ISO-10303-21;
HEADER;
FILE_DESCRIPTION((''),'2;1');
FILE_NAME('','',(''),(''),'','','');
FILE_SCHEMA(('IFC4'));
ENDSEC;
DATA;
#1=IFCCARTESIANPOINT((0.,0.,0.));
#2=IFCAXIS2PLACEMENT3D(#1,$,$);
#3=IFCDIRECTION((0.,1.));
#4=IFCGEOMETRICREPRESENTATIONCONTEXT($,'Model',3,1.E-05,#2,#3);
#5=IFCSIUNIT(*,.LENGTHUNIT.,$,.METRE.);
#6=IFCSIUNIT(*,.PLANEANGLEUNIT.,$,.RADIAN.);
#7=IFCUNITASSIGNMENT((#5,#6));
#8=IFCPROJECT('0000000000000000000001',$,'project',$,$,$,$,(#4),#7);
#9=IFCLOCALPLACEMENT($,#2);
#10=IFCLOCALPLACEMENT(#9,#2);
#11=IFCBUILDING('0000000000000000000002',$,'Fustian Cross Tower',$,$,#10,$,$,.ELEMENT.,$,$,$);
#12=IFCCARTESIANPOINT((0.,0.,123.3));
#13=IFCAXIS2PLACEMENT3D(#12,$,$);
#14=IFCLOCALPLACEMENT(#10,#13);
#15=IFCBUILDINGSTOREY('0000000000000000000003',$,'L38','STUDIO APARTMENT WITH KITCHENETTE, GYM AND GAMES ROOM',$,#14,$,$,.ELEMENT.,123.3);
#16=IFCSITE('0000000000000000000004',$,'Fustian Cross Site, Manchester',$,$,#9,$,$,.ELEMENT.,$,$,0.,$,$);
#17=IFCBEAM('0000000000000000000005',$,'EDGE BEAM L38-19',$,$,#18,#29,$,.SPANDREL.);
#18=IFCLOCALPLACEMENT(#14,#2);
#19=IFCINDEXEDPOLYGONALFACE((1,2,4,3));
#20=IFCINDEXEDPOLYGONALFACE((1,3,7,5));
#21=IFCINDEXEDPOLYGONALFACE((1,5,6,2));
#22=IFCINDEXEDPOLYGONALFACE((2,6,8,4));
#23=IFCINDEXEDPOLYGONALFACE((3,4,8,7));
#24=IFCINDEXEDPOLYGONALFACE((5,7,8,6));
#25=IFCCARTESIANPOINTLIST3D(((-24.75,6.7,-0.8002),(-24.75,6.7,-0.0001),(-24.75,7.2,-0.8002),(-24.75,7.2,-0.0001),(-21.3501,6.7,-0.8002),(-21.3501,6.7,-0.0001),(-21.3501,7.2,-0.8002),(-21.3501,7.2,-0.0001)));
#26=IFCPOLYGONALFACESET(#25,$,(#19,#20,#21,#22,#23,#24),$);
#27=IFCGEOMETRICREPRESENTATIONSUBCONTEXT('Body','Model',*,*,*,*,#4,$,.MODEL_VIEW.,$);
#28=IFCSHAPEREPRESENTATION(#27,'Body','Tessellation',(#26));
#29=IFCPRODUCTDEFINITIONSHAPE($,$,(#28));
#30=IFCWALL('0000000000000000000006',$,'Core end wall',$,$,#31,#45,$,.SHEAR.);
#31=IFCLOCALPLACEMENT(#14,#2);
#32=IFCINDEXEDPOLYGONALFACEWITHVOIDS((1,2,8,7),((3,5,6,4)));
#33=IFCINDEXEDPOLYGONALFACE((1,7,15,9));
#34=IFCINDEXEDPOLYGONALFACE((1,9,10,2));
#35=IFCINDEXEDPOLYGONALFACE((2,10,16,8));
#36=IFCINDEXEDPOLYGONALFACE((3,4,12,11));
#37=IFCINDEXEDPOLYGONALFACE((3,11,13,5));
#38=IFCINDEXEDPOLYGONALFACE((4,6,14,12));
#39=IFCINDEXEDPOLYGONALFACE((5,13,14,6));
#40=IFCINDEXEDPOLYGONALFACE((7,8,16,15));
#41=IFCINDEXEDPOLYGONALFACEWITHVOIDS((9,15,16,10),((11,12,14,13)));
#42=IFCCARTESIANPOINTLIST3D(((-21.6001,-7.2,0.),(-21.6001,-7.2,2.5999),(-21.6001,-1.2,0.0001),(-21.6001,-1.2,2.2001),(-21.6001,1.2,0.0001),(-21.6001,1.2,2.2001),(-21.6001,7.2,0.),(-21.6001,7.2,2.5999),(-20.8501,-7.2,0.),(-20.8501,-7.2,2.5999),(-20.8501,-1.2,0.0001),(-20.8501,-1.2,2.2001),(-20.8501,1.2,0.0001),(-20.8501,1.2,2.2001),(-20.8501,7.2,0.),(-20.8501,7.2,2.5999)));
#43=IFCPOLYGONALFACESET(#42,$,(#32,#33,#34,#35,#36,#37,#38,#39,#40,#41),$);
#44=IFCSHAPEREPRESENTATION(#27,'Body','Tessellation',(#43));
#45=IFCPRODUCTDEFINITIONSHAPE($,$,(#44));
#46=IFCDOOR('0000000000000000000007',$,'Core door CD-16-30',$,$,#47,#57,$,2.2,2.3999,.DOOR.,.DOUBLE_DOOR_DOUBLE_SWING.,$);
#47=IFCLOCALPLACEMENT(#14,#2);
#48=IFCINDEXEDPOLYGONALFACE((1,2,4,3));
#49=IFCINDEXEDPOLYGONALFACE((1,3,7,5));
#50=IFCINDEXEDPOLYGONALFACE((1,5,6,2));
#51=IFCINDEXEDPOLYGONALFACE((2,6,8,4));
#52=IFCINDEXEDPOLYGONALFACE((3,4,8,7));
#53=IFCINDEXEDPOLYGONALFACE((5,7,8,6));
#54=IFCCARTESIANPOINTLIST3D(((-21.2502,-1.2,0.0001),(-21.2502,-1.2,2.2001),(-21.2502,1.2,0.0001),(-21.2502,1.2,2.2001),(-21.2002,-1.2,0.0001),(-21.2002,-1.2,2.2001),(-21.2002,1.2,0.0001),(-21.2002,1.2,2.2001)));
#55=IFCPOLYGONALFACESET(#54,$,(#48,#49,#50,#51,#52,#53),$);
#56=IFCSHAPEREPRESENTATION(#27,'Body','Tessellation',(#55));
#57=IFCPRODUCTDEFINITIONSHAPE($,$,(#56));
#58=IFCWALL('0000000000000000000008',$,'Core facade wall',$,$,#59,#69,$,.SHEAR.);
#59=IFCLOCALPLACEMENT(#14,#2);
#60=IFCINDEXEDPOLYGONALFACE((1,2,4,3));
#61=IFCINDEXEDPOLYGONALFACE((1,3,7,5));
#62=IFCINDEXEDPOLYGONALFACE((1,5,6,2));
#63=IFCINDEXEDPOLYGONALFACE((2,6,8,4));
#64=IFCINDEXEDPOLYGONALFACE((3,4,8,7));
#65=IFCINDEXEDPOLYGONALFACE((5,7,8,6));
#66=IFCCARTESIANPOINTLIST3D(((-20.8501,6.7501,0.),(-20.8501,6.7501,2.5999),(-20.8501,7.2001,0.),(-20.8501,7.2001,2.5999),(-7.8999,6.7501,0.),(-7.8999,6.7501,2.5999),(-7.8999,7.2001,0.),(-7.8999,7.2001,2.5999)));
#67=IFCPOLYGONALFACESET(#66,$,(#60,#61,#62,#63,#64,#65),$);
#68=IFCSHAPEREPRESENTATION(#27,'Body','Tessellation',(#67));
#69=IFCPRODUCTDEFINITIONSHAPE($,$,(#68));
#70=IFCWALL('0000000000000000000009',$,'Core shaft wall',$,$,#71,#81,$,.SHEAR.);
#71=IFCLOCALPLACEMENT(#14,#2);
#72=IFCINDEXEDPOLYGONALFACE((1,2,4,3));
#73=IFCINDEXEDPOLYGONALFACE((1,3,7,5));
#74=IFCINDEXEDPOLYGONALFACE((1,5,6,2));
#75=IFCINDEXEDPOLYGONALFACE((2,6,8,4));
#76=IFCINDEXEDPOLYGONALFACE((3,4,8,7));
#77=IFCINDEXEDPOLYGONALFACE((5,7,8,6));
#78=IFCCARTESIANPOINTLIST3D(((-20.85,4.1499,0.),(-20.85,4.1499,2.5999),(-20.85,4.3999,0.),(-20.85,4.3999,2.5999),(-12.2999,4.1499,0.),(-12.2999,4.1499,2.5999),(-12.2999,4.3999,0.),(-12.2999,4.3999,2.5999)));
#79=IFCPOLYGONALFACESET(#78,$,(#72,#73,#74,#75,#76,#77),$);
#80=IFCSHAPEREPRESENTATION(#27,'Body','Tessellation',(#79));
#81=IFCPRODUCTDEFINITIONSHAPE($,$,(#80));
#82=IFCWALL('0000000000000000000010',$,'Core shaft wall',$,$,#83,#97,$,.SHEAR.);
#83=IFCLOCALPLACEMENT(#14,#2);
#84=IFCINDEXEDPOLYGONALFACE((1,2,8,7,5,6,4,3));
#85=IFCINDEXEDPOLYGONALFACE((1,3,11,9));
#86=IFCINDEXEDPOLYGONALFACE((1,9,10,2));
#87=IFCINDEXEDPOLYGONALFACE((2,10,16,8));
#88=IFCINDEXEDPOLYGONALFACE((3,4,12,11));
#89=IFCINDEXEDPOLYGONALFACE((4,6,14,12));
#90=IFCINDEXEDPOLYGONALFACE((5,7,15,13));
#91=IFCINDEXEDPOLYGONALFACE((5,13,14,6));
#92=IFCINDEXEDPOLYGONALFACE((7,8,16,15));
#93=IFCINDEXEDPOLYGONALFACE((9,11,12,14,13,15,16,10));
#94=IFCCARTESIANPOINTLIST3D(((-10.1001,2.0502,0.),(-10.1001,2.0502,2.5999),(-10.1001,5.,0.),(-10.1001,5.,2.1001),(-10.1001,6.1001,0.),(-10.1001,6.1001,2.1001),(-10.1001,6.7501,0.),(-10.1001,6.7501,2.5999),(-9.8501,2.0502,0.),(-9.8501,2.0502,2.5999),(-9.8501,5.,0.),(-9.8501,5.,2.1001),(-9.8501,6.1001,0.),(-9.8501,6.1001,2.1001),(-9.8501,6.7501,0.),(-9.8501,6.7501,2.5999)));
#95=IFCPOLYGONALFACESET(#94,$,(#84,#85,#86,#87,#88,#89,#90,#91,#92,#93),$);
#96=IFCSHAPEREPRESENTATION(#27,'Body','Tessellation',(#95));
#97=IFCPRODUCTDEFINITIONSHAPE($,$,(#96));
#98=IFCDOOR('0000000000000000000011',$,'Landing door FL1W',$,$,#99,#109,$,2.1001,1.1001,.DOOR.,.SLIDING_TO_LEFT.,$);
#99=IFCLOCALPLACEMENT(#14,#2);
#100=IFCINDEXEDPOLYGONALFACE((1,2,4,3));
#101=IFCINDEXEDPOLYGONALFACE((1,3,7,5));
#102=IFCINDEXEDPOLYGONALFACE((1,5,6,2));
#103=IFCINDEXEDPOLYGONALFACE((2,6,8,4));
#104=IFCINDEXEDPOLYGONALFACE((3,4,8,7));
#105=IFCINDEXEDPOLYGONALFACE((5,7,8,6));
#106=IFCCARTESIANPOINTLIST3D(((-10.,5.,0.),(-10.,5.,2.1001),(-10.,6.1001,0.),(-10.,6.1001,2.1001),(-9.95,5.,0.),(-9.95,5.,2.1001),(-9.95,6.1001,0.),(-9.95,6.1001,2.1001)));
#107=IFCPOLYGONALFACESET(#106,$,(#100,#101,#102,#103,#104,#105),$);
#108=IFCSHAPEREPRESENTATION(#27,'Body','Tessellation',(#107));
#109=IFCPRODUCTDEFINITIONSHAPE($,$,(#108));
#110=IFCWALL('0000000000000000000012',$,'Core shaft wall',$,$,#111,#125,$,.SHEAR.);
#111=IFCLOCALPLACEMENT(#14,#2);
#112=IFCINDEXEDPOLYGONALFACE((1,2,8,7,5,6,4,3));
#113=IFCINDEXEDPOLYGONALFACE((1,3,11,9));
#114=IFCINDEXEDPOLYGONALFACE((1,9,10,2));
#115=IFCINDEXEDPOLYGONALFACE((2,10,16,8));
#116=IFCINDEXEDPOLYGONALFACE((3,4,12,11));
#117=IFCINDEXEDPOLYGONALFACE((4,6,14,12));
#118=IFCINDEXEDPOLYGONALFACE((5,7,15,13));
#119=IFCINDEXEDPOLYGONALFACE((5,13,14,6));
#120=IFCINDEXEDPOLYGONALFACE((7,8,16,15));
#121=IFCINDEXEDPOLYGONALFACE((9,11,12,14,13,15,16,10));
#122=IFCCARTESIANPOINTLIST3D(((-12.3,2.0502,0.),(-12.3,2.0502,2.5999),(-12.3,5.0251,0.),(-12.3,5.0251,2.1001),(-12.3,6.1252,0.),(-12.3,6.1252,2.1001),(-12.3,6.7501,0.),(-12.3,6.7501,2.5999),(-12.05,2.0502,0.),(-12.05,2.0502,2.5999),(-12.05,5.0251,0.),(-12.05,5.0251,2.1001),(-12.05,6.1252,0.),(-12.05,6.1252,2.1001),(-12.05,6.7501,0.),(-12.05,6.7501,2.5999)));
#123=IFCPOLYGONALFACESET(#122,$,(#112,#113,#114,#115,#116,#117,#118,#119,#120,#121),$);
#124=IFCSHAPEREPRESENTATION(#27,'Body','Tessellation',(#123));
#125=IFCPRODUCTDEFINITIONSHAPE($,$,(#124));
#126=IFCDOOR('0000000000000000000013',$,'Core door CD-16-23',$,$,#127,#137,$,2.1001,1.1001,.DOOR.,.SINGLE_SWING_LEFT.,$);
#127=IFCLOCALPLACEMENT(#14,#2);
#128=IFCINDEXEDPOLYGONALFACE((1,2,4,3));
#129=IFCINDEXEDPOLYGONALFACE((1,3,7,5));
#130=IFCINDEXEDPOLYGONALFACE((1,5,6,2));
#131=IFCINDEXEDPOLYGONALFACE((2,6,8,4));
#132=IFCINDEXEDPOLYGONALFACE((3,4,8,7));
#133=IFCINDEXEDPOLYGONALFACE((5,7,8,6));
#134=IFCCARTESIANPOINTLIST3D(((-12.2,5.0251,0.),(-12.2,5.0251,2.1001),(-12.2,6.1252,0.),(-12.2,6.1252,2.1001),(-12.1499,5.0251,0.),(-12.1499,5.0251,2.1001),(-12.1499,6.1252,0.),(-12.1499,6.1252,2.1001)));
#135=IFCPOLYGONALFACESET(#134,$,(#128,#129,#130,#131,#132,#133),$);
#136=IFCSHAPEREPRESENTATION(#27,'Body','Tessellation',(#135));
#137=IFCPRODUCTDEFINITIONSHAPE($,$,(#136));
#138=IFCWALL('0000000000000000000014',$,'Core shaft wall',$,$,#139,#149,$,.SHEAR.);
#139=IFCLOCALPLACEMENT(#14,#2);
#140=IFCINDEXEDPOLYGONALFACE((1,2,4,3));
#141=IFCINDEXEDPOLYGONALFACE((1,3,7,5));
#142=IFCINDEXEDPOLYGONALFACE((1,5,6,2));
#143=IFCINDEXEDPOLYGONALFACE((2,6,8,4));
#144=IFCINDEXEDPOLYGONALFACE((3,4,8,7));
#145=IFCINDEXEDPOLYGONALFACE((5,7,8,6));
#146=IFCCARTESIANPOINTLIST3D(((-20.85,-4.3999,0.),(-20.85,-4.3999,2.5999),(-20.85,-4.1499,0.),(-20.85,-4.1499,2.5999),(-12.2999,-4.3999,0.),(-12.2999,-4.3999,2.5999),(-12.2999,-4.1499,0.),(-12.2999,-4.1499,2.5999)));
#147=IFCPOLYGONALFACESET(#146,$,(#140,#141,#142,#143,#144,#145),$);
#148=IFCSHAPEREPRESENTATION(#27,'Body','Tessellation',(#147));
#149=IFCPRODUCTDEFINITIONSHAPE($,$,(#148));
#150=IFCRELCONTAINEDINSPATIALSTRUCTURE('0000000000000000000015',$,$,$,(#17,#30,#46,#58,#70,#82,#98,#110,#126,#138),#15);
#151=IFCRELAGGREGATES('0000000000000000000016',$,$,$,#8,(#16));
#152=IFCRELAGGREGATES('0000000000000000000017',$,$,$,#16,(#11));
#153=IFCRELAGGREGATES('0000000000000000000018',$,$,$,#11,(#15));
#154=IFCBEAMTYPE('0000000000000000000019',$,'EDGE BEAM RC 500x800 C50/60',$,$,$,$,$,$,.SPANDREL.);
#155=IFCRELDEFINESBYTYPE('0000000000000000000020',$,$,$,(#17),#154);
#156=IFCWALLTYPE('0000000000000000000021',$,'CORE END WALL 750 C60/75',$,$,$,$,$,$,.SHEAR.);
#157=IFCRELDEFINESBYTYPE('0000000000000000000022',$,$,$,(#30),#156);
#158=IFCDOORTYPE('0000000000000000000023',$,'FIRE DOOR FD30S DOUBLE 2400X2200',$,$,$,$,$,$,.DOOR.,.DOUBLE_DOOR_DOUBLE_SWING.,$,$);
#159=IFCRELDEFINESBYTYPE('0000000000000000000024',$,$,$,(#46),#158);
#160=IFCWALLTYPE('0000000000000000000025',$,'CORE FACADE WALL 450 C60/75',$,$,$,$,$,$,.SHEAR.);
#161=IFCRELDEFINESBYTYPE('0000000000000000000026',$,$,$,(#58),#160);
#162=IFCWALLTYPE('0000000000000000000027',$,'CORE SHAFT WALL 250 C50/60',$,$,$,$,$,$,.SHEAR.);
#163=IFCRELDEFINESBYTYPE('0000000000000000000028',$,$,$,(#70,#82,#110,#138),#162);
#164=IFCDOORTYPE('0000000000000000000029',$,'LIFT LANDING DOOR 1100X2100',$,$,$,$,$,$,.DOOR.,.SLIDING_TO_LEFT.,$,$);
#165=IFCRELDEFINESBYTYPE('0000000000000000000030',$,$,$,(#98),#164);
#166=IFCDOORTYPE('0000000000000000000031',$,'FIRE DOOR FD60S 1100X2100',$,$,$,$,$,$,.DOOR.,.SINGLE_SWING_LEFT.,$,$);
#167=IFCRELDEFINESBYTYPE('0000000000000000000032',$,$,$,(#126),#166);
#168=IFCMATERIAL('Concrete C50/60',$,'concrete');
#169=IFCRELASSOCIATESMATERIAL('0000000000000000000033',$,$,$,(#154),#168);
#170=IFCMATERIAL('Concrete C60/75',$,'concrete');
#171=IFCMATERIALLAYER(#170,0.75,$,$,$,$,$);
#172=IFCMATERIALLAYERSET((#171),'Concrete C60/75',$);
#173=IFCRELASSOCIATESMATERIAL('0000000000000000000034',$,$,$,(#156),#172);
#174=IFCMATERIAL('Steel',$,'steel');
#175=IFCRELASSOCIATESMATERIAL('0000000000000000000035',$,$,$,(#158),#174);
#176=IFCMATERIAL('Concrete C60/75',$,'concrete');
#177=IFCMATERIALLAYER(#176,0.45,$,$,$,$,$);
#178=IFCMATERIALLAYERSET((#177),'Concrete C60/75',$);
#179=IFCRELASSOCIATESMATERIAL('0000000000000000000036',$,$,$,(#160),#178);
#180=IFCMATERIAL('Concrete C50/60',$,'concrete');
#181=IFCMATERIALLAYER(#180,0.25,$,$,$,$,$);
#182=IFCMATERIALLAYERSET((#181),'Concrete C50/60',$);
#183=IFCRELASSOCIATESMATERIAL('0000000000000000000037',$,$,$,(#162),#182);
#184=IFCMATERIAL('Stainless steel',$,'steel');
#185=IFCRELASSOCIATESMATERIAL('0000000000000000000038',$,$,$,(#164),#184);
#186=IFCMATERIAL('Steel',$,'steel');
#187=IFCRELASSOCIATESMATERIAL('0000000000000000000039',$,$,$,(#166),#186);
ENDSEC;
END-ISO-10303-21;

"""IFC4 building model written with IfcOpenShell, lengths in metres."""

from ifc_helpers import new_model, si_unit, direction, frame, frame_2d, origin, origin_2d, place, context, subcontext, project, spatial, rectangle, extrude, material, layer, layer_set, material_profile, profile_set, type_object, element, fill, save


model = new_model("IFC4")

# Units and contexts
model_context = context("Model", 3, precision=1e-05, world=origin(), true_north=direction((0.0, 1.0)))
body_context = subcontext(model_context, "Body", "Model", "MODEL_VIEW")
ifc_project = project(units=[si_unit("LENGTHUNIT", "METRE"), si_unit("PLANEANGLEUNIT", "RADIAN")], contexts=[model_context])

# Site, building, storey
site_placement = place(None, origin())
site = spatial("IfcSite", under=ifc_project, at=site_placement, Name="Fustian Cross Site, Manchester", CompositionType="ELEMENT", RefElevation=0.0)
building_placement = place(site_placement, origin())
building = spatial("IfcBuilding", under=site, at=building_placement, Name="Fustian Cross Tower", CompositionType="ELEMENT")
storey_placement = place(building_placement, frame((0.0, 0.0, 123.3)))
storey = spatial("IfcBuildingStorey", under=building, at=storey_placement, Name="L38", Description="STUDIO APARTMENT WITH KITCHENETTE, GYM AND GAMES ROOM", CompositionType="ELEMENT", Elevation=123.3)

# Beam
ifc_material_1 = material(Name="Concrete C50/60", Category="concrete")
ifc_material_profile = material_profile(ifc_material_1, rectangle(XDim=0.5, YDim=0.8, at=origin_2d()), Name="RC 500x800")
ifc_profile_set = profile_set([ifc_material_profile], Name="Concrete C50/60")
beam_type = type_object("IfcBeamType", Name="EDGE BEAM RC 500x800 C50/60", PredefinedType="SPANDREL", material=ifc_profile_set)
beam_placement = place(storey_placement, frame((-21.3501, 6.95, -0.4001), z_axis=(-1.0, 0.0, 0.0), x_axis=(0.0, -1.0, 0.0)))
element("IfcBeam", 1, at=beam_placement, inside=storey, type_object=beam_type, Name="EDGE BEAM L38-19", PredefinedType="SPANDREL", context=body_context, shape_type="SweptSolid", body=[
    extrude(rectangle(XDim=0.5, YDim=0.8, at=origin_2d()), origin(), (0.0, 0.0, 1.0), 3.3999),
])

# Wall, opening, door
ifc_material_2 = material(Name="Concrete C60/75", Category="concrete")
ifc_layer_1 = layer(ifc_material_2, 0.75)
ifc_layer_set_1 = layer_set([ifc_layer_1], Name="Concrete C60/75")
wall_type_1 = type_object("IfcWallType", Name="CORE END WALL 750 C60/75", PredefinedType="SHEAR", material=ifc_layer_set_1)
wall_1_placement = place(storey_placement, frame((-21.2251, -7.2, 0.0), z_axis=(0.0, 0.0, 1.0), x_axis=(0.0, 1.0, 0.0)))
wall_1 = element("IfcWall", 2, at=wall_1_placement, inside=storey, type_object=wall_type_1, Name="Core end wall", PredefinedType="SHEAR", context=body_context, shape_type="SweptSolid", body=[
    extrude(rectangle(XDim=14.3999, YDim=0.75, at=frame_2d((7.2, 0.0))), origin(), (0.0, 0.0, 1.0), 2.5999),
])
opening_1_placement = place(wall_1_placement, frame((6.0, 0.0, 0.0)))
opening_1 = element("IfcOpeningElement", 3, at=opening_1_placement, cuts=wall_1, PredefinedType="OPENING", context=body_context, shape_type="SweptSolid", body=[
    extrude(rectangle(XDim=2.3999, YDim=2.2, at=frame_2d((1.2, 1.1001))), frame((0.0, 0.385, 0.0), z_axis=(0.0, -1.0, 0.0), x_axis=(1.0, 0.0, 0.0)), (0.0, 0.0, 1.0), 0.77),
])
ifc_material_3 = material(Name="Steel", Category="steel")
door_type_1 = type_object("IfcDoorType", Name="FIRE DOOR FD30S DOUBLE 2400X2200", OperationType="DOUBLE_DOOR_DOUBLE_SWING", PredefinedType="DOOR", material=ifc_material_3)
door_1_placement = place(opening_1_placement, frame((2.3999, 0.0, 0.0), z_axis=(0.0, 0.0, 1.0), x_axis=(-1.0, 0.0, 0.0)))
door_1 = element("IfcDoor", 4, at=door_1_placement, inside=storey, type_object=door_type_1, Name="Core door CD-16-30", OperationType="DOUBLE_DOOR_DOUBLE_SWING", OverallHeight=2.2, OverallWidth=2.3999, PredefinedType="DOOR", context=body_context, shape_type="SweptSolid", body=[
    extrude(rectangle(XDim=2.3999, YDim=2.2, at=frame_2d((1.2, 1.1001))), frame((0.0, 0.0249, 0.0), z_axis=(0.0, -1.0, 0.0), x_axis=(1.0, 0.0, 0.0)), (0.0, 0.0, 1.0), 0.05),
])
fill(opening_1, door_1)

# Walls
ifc_material_4 = material(Name="Concrete C60/75", Category="concrete")
ifc_layer_2 = layer(ifc_material_4, 0.45)
ifc_layer_set_2 = layer_set([ifc_layer_2], Name="Concrete C60/75")
wall_type_2 = type_object("IfcWallType", Name="CORE FACADE WALL 450 C60/75", PredefinedType="SHEAR", material=ifc_layer_set_2)
wall_2_placement = place(storey_placement, frame((-7.8999, 6.9751, 0.0), z_axis=(0.0, 0.0, 1.0), x_axis=(-1.0, 0.0, 0.0)))
element("IfcWall", 5, at=wall_2_placement, inside=storey, type_object=wall_type_2, Name="Core facade wall", PredefinedType="SHEAR", context=body_context, shape_type="SweptSolid", body=[
    extrude(rectangle(XDim=12.9502, YDim=0.45, at=frame_2d((6.4751, 0.0))), origin(), (0.0, 0.0, 1.0), 2.5999),
])
ifc_material_5 = material(Name="Concrete C50/60", Category="concrete")
ifc_layer_3 = layer(ifc_material_5, 0.25)
ifc_layer_set_3 = layer_set([ifc_layer_3], Name="Concrete C50/60")
wall_type_3 = type_object("IfcWallType", Name="CORE SHAFT WALL 250 C50/60", PredefinedType="SHEAR", material=ifc_layer_set_3)
wall_3_placement = place(storey_placement, frame((-12.3, 4.2749, 0.0), z_axis=(0.0, 0.0, 1.0), x_axis=(-1.0, 0.0, 0.0)))
element("IfcWall", 6, at=wall_3_placement, inside=storey, type_object=wall_type_3, Name="Core shaft wall", PredefinedType="SHEAR", context=body_context, shape_type="SweptSolid", body=[
    extrude(rectangle(XDim=8.55, YDim=0.25, at=frame_2d((4.2749, 0.0))), origin(), (0.0, 0.0, 1.0), 2.5999),
])

# Walls, openings, doors
wall_4_placement = place(storey_placement, frame((-9.9751, 2.05, 0.0), z_axis=(0.0, 0.0, 1.0), x_axis=(0.0, 1.0, 0.0)))
wall_4 = element("IfcWall", 7, at=wall_4_placement, inside=storey, type_object=wall_type_3, Name="Core shaft wall", PredefinedType="SHEAR", context=body_context, shape_type="SweptSolid", body=[
    extrude(rectangle(XDim=4.7, YDim=0.25, at=frame_2d((2.3501, 0.0))), origin(), (0.0, 0.0, 1.0), 2.5999),
])
opening_2_placement = place(wall_4_placement, frame((2.95, 0.0, 0.0)))
opening_2 = element("IfcOpeningElement", 8, at=opening_2_placement, cuts=wall_4, PredefinedType="OPENING", context=body_context, shape_type="SweptSolid", body=[
    extrude(rectangle(XDim=1.1001, YDim=2.1001, at=frame_2d((0.55, 1.05))), frame((0.0, 0.135, 0.0), z_axis=(0.0, -1.0, 0.0), x_axis=(1.0, 0.0, 0.0)), (0.0, 0.0, 1.0), 0.27),
])
ifc_material_6 = material(Name="Stainless steel", Category="steel")
door_type_2 = type_object("IfcDoorType", Name="LIFT LANDING DOOR 1100X2100", OperationType="SLIDING_TO_LEFT", PredefinedType="DOOR", material=ifc_material_6)
door_2_placement = place(opening_2_placement, origin())
door_2 = element("IfcDoor", 9, at=door_2_placement, inside=storey, type_object=door_type_2, Name="Landing door FL1W", OperationType="SLIDING_TO_LEFT", OverallHeight=2.1001, OverallWidth=1.1001, PredefinedType="DOOR", context=body_context, shape_type="SweptSolid", body=[
    extrude(rectangle(XDim=1.1001, YDim=2.1001, at=frame_2d((0.55, 1.05))), frame((0.0, 0.0249, 0.0), z_axis=(0.0, -1.0, 0.0), x_axis=(1.0, 0.0, 0.0)), (0.0, 0.0, 1.0), 0.05),
])
fill(opening_2, door_2)
wall_5_placement = place(storey_placement, frame((-12.175, 2.05, 0.0), z_axis=(0.0, 0.0, 1.0), x_axis=(0.0, 1.0, 0.0)))
wall_5 = element("IfcWall", 10, at=wall_5_placement, inside=storey, type_object=wall_type_3, Name="Core shaft wall", PredefinedType="SHEAR", context=body_context, shape_type="SweptSolid", body=[
    extrude(rectangle(XDim=4.7, YDim=0.25, at=frame_2d((2.3501, 0.0))), origin(), (0.0, 0.0, 1.0), 2.5999),
])
opening_3_placement = place(wall_5_placement, frame((2.9751, 0.0, 0.0)))
opening_3 = element("IfcOpeningElement", 11, at=opening_3_placement, cuts=wall_5, PredefinedType="OPENING", context=body_context, shape_type="SweptSolid", body=[
    extrude(rectangle(XDim=1.1001, YDim=2.1001, at=frame_2d((0.55, 1.05))), frame((0.0, 0.135, 0.0), z_axis=(0.0, -1.0, 0.0), x_axis=(1.0, 0.0, 0.0)), (0.0, 0.0, 1.0), 0.27),
])
ifc_material_7 = material(Name="Steel", Category="steel")
door_type_3 = type_object("IfcDoorType", Name="FIRE DOOR FD60S 1100X2100", OperationType="SINGLE_SWING_LEFT", PredefinedType="DOOR", material=ifc_material_7)
door_3_placement = place(opening_3_placement, origin())
door_3 = element("IfcDoor", 12, at=door_3_placement, inside=storey, type_object=door_type_3, Name="Core door CD-16-23", OperationType="SINGLE_SWING_LEFT", OverallHeight=2.1001, OverallWidth=1.1001, PredefinedType="DOOR", context=body_context, shape_type="SweptSolid", body=[
    extrude(rectangle(XDim=1.1001, YDim=2.1001, at=frame_2d((0.55, 1.05))), frame((0.0, 0.0249, 0.0), z_axis=(0.0, -1.0, 0.0), x_axis=(1.0, 0.0, 0.0)), (0.0, 0.0, 1.0), 0.05),
])
fill(opening_3, door_3)

# Wall
wall_6_placement = place(storey_placement, frame((-12.3, -4.2749, 0.0), z_axis=(0.0, 0.0, 1.0), x_axis=(-1.0, 0.0, 0.0)))
element("IfcWall", 13, at=wall_6_placement, inside=storey, type_object=wall_type_3, Name="Core shaft wall", PredefinedType="SHEAR", context=body_context, shape_type="SweptSolid", body=[
    extrude(rectangle(XDim=8.55, YDim=0.25, at=frame_2d((4.2749, 0.0))), origin(), (0.0, 0.0, 1.0), 2.5999),
])

save(model, "model.ifc")
